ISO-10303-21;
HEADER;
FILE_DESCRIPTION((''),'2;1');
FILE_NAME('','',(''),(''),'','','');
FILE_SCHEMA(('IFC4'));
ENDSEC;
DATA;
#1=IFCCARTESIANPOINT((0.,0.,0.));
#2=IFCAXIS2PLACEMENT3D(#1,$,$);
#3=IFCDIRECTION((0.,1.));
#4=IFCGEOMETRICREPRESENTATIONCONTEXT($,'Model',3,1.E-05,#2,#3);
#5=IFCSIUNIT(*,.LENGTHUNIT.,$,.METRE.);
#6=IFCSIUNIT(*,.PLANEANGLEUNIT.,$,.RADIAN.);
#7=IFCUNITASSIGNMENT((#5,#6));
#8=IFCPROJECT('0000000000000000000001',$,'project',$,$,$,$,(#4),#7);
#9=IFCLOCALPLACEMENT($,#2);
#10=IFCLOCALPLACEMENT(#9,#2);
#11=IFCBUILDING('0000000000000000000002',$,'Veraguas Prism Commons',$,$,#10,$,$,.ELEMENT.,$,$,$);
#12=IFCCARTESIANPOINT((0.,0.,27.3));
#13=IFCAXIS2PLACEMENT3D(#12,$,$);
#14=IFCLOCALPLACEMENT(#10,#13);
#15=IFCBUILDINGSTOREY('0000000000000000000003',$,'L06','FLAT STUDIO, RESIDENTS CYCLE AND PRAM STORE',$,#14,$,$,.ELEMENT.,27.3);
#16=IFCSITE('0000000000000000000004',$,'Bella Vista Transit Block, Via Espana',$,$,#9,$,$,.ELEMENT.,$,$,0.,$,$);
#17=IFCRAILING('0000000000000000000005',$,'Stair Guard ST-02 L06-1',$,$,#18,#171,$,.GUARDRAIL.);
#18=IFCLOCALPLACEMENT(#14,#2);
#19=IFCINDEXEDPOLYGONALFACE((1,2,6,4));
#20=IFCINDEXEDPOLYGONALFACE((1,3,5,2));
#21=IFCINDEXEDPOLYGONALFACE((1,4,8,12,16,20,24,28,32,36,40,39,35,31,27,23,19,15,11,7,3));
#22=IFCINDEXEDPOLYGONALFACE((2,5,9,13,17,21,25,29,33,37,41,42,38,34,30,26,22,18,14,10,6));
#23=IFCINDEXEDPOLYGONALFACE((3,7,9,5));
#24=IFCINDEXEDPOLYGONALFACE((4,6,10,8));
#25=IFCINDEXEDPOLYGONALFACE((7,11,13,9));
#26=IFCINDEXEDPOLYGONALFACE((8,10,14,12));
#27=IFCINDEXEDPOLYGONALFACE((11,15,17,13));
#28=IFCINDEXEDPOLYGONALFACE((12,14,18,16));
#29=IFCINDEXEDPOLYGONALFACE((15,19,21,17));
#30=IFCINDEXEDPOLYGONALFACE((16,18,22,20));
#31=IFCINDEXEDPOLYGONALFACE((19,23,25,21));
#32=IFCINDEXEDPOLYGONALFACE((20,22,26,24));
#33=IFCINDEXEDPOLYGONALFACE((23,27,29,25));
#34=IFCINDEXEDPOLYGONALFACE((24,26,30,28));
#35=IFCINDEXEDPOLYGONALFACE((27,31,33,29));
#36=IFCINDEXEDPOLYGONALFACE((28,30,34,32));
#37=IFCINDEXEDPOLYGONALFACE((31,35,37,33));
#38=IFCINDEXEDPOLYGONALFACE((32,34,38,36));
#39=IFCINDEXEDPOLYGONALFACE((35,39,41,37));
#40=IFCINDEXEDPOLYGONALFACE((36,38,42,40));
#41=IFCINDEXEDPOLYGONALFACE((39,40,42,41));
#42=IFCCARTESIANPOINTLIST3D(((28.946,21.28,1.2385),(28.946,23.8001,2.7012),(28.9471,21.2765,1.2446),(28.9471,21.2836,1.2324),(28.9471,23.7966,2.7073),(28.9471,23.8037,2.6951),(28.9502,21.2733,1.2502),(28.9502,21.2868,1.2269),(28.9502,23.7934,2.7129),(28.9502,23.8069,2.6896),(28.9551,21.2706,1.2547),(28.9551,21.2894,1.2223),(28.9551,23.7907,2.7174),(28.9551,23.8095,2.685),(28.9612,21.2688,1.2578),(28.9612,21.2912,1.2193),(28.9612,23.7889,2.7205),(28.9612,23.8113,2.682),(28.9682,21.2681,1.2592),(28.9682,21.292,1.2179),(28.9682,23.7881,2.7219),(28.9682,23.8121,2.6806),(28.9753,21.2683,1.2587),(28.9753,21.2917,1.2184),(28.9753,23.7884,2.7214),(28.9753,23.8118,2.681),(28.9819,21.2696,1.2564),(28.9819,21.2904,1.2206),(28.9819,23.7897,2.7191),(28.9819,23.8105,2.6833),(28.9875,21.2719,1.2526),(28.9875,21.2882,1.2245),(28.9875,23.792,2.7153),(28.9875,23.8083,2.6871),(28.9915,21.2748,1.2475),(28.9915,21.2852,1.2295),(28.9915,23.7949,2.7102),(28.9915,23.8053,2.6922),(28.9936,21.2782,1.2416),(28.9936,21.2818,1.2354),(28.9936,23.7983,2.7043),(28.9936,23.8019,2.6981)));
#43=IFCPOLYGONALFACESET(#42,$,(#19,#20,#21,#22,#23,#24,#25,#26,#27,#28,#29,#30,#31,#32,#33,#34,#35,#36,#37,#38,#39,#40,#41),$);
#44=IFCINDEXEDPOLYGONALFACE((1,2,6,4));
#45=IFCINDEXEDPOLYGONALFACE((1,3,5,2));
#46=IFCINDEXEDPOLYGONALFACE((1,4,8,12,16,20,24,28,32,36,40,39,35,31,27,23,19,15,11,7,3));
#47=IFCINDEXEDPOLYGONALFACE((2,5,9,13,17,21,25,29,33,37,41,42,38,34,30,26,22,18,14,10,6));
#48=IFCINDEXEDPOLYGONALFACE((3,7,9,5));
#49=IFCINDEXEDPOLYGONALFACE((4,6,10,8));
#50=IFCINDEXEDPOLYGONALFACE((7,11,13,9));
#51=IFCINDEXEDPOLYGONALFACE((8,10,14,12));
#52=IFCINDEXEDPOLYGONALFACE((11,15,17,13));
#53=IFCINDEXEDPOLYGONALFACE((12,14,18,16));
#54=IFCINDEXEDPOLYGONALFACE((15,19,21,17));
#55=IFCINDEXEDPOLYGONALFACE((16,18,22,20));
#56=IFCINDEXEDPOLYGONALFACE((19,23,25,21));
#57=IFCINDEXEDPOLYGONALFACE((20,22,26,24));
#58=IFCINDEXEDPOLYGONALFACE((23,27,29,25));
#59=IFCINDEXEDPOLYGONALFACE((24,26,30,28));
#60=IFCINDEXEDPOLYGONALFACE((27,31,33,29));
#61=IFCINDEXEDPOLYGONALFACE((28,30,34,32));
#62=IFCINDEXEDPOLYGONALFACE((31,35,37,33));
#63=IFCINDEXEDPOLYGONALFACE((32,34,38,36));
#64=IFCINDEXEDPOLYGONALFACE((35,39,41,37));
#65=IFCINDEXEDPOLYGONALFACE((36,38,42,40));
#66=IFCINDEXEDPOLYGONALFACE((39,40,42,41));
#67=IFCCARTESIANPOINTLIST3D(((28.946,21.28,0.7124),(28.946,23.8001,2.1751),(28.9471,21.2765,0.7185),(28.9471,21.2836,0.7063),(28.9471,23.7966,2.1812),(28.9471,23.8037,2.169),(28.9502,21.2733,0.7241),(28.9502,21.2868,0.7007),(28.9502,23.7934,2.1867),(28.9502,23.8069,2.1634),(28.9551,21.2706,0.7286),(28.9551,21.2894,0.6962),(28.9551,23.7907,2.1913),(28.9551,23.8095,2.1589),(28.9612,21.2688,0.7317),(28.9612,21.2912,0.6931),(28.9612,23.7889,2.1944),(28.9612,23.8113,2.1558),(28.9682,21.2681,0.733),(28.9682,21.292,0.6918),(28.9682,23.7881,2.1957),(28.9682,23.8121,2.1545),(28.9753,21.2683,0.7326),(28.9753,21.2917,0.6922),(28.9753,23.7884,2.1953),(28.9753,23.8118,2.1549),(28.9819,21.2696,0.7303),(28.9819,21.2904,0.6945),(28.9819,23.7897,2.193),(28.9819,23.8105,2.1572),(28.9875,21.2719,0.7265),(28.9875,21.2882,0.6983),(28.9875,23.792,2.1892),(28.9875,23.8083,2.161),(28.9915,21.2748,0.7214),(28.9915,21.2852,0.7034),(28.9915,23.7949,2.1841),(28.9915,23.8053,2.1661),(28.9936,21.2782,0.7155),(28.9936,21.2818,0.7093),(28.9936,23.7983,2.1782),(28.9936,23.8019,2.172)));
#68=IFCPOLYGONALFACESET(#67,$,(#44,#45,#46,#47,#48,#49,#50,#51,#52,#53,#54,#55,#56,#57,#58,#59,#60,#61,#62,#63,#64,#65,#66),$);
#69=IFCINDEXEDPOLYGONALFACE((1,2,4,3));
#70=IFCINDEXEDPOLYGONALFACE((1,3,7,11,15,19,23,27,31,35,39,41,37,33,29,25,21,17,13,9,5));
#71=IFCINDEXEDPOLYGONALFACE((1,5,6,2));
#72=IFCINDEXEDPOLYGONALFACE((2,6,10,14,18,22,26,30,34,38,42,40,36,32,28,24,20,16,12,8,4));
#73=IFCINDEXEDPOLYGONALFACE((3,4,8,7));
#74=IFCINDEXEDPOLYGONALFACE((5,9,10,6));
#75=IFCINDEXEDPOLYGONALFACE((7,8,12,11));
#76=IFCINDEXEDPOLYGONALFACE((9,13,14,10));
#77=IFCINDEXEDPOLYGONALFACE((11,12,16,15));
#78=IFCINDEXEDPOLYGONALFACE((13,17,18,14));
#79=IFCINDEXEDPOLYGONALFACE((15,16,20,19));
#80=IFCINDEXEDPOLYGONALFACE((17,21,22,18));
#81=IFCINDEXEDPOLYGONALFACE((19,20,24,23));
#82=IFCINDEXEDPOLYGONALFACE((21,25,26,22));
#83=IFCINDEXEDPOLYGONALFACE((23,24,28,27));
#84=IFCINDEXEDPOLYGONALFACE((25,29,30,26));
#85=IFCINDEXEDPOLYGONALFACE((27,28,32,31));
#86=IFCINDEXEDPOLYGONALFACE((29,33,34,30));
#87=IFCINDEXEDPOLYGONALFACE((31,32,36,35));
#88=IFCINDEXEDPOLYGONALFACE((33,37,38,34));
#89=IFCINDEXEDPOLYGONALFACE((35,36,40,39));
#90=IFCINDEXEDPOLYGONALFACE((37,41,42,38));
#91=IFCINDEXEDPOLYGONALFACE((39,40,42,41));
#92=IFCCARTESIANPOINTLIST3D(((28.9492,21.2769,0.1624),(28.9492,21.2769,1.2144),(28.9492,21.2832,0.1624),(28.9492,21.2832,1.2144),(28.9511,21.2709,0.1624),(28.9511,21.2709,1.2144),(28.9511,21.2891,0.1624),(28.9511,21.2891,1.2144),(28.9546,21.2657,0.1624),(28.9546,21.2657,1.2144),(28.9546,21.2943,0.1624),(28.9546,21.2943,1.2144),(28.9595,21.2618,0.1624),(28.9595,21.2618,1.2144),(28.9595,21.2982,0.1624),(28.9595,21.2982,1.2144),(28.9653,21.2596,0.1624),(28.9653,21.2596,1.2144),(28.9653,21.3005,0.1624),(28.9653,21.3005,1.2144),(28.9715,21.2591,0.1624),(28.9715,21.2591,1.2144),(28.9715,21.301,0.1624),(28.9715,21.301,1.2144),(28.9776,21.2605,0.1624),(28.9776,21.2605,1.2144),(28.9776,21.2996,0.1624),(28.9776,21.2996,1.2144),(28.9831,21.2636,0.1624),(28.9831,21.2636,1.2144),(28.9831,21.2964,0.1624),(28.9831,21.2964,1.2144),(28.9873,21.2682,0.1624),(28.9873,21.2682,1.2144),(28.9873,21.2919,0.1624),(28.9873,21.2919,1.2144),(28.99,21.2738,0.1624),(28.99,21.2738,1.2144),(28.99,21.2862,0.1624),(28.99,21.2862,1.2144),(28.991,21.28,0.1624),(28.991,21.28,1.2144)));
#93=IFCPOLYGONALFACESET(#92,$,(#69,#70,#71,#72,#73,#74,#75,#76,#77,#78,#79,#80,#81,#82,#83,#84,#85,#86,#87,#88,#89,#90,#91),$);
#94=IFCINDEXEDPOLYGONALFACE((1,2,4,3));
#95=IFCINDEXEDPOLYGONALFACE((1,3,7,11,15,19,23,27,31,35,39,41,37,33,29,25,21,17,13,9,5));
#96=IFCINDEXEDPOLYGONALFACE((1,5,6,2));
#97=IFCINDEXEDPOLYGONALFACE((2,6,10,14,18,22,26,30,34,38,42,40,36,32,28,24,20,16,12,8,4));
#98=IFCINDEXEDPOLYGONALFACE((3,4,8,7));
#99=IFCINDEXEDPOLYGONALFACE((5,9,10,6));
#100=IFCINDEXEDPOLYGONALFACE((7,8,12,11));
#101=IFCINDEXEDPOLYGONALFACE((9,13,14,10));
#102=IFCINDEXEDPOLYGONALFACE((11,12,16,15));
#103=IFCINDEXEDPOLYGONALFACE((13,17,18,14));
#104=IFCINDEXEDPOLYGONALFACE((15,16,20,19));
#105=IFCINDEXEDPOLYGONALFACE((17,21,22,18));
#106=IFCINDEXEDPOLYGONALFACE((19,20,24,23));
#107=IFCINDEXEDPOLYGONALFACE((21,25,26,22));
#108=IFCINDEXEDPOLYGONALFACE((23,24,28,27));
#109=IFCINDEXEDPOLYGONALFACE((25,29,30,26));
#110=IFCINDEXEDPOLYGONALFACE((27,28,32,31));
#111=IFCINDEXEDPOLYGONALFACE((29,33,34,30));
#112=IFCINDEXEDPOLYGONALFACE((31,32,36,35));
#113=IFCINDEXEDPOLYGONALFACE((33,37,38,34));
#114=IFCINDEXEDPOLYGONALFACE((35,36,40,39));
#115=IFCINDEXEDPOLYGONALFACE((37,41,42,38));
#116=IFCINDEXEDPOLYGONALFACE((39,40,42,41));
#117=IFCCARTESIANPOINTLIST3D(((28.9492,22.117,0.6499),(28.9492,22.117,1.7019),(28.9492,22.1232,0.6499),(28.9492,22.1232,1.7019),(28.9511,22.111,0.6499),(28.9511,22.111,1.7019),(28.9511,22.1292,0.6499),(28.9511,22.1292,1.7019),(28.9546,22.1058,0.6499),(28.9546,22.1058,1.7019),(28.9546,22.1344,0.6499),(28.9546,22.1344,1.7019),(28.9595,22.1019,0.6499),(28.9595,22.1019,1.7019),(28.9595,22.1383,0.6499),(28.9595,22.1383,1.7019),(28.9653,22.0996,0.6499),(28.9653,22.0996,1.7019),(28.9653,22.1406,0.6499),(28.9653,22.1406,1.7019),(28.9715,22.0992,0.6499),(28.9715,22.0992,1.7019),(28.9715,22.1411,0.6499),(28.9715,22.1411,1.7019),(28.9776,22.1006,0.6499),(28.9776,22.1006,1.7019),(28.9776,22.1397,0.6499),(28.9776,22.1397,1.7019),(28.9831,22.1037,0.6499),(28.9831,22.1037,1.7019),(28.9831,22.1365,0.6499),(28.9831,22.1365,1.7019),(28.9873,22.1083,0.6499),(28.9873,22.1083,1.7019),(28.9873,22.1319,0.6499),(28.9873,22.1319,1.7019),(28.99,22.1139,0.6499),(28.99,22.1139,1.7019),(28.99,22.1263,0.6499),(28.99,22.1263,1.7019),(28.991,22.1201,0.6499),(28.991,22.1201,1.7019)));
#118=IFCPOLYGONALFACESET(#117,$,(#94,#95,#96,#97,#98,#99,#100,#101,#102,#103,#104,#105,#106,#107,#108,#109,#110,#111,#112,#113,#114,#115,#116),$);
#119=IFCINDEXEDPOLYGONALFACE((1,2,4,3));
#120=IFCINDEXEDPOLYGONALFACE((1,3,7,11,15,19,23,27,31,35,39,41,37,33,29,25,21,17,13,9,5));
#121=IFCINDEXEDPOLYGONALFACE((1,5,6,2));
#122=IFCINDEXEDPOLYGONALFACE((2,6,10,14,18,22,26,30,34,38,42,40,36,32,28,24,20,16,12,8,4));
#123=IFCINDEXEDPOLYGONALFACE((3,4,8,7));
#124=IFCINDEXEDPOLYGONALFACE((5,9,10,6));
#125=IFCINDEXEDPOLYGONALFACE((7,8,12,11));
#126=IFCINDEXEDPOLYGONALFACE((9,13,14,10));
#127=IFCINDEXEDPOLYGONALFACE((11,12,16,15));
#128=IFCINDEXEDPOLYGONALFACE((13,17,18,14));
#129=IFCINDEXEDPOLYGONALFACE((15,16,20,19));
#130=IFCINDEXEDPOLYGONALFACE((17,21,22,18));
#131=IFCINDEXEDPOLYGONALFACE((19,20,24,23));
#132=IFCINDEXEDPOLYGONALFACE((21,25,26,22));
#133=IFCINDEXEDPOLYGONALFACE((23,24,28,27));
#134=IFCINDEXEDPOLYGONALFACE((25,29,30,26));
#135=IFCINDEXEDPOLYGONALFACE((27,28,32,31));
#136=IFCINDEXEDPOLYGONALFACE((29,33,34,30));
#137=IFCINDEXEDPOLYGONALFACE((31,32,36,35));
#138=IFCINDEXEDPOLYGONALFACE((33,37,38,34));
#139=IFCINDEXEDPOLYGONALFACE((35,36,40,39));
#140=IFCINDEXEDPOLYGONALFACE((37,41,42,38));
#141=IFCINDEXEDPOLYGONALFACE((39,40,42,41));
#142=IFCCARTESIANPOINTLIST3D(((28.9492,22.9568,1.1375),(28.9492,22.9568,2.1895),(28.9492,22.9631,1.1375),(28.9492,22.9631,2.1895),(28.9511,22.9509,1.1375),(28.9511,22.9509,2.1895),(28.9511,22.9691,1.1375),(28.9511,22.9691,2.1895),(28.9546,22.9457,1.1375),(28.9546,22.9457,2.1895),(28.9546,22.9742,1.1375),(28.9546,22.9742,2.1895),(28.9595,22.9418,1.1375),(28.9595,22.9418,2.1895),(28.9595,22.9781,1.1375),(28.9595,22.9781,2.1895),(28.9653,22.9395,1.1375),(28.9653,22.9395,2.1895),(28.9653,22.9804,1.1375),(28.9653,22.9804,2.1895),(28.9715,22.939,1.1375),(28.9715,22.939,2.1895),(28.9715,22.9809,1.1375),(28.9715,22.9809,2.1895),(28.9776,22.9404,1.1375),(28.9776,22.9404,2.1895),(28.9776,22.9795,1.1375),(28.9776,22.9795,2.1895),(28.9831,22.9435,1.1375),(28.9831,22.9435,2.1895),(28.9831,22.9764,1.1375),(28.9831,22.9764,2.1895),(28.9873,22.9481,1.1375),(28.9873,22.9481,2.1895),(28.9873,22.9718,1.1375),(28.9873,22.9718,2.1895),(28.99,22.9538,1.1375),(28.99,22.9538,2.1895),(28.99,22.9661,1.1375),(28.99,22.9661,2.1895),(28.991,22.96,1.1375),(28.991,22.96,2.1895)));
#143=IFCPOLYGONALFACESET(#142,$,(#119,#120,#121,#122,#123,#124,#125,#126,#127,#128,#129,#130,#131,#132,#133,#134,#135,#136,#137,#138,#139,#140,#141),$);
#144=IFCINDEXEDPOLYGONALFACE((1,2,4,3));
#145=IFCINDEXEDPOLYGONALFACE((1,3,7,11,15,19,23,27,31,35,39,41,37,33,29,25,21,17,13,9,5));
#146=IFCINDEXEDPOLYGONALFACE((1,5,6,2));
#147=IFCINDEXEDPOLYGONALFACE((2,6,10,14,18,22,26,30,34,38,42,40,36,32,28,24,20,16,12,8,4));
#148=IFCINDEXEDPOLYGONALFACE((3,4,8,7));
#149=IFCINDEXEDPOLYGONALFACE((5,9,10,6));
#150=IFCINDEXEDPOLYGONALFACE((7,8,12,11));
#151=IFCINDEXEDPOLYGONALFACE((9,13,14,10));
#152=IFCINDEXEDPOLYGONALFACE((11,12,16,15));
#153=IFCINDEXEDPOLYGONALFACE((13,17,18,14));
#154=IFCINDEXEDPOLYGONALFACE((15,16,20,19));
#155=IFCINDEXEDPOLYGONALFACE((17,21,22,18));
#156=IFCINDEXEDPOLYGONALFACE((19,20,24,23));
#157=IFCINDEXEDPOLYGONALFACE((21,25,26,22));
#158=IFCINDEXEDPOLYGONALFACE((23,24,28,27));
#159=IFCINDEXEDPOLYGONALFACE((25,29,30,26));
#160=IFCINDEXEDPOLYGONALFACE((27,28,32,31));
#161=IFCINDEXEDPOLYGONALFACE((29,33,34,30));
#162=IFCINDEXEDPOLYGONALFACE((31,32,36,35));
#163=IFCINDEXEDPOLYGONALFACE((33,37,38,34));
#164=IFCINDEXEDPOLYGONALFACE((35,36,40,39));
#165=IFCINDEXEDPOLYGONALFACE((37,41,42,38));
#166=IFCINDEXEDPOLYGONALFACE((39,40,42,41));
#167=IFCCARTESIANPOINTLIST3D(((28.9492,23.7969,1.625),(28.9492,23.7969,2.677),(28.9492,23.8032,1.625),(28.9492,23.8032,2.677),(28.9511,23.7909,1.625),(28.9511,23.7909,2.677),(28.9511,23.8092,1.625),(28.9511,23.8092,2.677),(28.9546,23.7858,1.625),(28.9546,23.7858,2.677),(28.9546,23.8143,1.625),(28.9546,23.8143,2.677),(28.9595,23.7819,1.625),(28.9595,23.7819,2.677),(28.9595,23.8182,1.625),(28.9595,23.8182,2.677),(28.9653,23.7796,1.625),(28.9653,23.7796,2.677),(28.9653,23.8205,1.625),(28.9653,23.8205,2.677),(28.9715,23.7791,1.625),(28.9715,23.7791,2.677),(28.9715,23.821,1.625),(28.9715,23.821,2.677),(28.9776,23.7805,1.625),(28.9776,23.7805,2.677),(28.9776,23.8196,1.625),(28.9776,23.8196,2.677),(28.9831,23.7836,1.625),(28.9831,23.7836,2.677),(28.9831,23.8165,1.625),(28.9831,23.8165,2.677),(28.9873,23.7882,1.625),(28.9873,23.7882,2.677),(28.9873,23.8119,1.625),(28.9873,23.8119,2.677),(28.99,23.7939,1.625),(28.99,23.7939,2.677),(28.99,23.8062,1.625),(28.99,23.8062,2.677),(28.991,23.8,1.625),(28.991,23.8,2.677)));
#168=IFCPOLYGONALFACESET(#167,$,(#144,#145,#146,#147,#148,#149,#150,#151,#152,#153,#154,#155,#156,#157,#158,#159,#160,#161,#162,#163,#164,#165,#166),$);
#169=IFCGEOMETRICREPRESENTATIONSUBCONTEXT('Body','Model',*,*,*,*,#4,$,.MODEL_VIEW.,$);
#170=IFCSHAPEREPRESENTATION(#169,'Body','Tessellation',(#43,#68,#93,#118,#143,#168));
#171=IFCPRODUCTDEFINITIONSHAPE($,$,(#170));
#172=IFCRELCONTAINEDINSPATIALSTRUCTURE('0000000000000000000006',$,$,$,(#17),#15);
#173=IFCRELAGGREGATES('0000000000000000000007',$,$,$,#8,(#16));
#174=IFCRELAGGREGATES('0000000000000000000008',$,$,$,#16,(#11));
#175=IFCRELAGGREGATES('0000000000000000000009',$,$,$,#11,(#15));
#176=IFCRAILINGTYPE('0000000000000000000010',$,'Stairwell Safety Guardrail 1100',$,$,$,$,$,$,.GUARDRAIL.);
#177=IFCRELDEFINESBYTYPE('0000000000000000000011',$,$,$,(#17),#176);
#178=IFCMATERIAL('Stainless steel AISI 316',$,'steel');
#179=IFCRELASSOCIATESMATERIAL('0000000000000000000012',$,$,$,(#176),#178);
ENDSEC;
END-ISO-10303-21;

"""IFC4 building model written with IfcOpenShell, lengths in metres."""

from ifc_helpers import new_model, si_unit, direction, frame, origin, origin_2d, place, context, subcontext, project, spatial, circle, extrude, material, type_object, element, save


model = new_model("IFC4")

# Units and contexts
model_context = context("Model", 3, precision=1e-05, world=origin(), true_north=direction((0.0, 1.0)))
body_context = subcontext(model_context, "Body", "Model", "MODEL_VIEW")
ifc_project = project(units=[si_unit("LENGTHUNIT", "METRE"), si_unit("PLANEANGLEUNIT", "RADIAN")], contexts=[model_context])

# Site, building, storey
site_placement = place(None, origin())
site = spatial("IfcSite", under=ifc_project, at=site_placement, Name="Bella Vista Transit Block, Via Espana", CompositionType="ELEMENT", RefElevation=0.0)
building_placement = place(site_placement, origin())
building = spatial("IfcBuilding", under=site, at=building_placement, Name="Veraguas Prism Commons", CompositionType="ELEMENT")
storey_placement = place(building_placement, frame((0.0, 0.0, 27.3)))
storey = spatial("IfcBuildingStorey", under=building, at=storey_placement, Name="L06", Description="FLAT STUDIO, RESIDENTS CYCLE AND PRAM STORE", CompositionType="ELEMENT", Elevation=27.3)

# Shared definitions
ifc_material_1 = material(Name="Stainless steel AISI 316", Category="steel")

# Railing
railing_type_1 = type_object("IfcRailingType", Name="Stairwell Safety Guardrail 1100", PredefinedType="GUARDRAIL", material=ifc_material_1)
railing_1_placement = place(storey_placement, frame((28.97, 21.28, 0.1624)))
element("IfcRailing", 1, at=railing_1_placement, inside=storey, type_object=railing_type_1, Name="Stair Guard ST-02 L06-1", PredefinedType="GUARDRAIL", context=body_context, shape_type="SweptSolid", body=[
    extrude(circle(Radius=0.0239, at=origin_2d()), frame((0.0, 0.0, 1.0762), z_axis=(0.0, 0.864877, 0.501984), x_axis=(-1.0, 0.0, 0.0)), (0.0, 0.0, 1.0), 2.9138),
    extrude(circle(Radius=0.0239, at=origin_2d()), frame((0.0, 0.0, 0.55), z_axis=(0.0, 0.864877, 0.501984), x_axis=(-1.0, 0.0, 0.0)), (0.0, 0.0, 1.0), 2.9138),
    extrude(circle(Radius=0.021, at=origin_2d()), origin(), (0.0, 0.0, 1.0), 1.052),
    extrude(circle(Radius=0.021, at=origin_2d()), frame((0.0, 0.8401, 0.4875)), (0.0, 0.0, 1.0), 1.052),
    extrude(circle(Radius=0.021, at=origin_2d()), frame((0.0, 1.6799, 0.9751)), (0.0, 0.0, 1.0), 1.052),
    extrude(circle(Radius=0.021, at=origin_2d()), frame((0.0, 2.52, 1.4626)), (0.0, 0.0, 1.0), 1.052),
])

save(model, "model.ifc")
